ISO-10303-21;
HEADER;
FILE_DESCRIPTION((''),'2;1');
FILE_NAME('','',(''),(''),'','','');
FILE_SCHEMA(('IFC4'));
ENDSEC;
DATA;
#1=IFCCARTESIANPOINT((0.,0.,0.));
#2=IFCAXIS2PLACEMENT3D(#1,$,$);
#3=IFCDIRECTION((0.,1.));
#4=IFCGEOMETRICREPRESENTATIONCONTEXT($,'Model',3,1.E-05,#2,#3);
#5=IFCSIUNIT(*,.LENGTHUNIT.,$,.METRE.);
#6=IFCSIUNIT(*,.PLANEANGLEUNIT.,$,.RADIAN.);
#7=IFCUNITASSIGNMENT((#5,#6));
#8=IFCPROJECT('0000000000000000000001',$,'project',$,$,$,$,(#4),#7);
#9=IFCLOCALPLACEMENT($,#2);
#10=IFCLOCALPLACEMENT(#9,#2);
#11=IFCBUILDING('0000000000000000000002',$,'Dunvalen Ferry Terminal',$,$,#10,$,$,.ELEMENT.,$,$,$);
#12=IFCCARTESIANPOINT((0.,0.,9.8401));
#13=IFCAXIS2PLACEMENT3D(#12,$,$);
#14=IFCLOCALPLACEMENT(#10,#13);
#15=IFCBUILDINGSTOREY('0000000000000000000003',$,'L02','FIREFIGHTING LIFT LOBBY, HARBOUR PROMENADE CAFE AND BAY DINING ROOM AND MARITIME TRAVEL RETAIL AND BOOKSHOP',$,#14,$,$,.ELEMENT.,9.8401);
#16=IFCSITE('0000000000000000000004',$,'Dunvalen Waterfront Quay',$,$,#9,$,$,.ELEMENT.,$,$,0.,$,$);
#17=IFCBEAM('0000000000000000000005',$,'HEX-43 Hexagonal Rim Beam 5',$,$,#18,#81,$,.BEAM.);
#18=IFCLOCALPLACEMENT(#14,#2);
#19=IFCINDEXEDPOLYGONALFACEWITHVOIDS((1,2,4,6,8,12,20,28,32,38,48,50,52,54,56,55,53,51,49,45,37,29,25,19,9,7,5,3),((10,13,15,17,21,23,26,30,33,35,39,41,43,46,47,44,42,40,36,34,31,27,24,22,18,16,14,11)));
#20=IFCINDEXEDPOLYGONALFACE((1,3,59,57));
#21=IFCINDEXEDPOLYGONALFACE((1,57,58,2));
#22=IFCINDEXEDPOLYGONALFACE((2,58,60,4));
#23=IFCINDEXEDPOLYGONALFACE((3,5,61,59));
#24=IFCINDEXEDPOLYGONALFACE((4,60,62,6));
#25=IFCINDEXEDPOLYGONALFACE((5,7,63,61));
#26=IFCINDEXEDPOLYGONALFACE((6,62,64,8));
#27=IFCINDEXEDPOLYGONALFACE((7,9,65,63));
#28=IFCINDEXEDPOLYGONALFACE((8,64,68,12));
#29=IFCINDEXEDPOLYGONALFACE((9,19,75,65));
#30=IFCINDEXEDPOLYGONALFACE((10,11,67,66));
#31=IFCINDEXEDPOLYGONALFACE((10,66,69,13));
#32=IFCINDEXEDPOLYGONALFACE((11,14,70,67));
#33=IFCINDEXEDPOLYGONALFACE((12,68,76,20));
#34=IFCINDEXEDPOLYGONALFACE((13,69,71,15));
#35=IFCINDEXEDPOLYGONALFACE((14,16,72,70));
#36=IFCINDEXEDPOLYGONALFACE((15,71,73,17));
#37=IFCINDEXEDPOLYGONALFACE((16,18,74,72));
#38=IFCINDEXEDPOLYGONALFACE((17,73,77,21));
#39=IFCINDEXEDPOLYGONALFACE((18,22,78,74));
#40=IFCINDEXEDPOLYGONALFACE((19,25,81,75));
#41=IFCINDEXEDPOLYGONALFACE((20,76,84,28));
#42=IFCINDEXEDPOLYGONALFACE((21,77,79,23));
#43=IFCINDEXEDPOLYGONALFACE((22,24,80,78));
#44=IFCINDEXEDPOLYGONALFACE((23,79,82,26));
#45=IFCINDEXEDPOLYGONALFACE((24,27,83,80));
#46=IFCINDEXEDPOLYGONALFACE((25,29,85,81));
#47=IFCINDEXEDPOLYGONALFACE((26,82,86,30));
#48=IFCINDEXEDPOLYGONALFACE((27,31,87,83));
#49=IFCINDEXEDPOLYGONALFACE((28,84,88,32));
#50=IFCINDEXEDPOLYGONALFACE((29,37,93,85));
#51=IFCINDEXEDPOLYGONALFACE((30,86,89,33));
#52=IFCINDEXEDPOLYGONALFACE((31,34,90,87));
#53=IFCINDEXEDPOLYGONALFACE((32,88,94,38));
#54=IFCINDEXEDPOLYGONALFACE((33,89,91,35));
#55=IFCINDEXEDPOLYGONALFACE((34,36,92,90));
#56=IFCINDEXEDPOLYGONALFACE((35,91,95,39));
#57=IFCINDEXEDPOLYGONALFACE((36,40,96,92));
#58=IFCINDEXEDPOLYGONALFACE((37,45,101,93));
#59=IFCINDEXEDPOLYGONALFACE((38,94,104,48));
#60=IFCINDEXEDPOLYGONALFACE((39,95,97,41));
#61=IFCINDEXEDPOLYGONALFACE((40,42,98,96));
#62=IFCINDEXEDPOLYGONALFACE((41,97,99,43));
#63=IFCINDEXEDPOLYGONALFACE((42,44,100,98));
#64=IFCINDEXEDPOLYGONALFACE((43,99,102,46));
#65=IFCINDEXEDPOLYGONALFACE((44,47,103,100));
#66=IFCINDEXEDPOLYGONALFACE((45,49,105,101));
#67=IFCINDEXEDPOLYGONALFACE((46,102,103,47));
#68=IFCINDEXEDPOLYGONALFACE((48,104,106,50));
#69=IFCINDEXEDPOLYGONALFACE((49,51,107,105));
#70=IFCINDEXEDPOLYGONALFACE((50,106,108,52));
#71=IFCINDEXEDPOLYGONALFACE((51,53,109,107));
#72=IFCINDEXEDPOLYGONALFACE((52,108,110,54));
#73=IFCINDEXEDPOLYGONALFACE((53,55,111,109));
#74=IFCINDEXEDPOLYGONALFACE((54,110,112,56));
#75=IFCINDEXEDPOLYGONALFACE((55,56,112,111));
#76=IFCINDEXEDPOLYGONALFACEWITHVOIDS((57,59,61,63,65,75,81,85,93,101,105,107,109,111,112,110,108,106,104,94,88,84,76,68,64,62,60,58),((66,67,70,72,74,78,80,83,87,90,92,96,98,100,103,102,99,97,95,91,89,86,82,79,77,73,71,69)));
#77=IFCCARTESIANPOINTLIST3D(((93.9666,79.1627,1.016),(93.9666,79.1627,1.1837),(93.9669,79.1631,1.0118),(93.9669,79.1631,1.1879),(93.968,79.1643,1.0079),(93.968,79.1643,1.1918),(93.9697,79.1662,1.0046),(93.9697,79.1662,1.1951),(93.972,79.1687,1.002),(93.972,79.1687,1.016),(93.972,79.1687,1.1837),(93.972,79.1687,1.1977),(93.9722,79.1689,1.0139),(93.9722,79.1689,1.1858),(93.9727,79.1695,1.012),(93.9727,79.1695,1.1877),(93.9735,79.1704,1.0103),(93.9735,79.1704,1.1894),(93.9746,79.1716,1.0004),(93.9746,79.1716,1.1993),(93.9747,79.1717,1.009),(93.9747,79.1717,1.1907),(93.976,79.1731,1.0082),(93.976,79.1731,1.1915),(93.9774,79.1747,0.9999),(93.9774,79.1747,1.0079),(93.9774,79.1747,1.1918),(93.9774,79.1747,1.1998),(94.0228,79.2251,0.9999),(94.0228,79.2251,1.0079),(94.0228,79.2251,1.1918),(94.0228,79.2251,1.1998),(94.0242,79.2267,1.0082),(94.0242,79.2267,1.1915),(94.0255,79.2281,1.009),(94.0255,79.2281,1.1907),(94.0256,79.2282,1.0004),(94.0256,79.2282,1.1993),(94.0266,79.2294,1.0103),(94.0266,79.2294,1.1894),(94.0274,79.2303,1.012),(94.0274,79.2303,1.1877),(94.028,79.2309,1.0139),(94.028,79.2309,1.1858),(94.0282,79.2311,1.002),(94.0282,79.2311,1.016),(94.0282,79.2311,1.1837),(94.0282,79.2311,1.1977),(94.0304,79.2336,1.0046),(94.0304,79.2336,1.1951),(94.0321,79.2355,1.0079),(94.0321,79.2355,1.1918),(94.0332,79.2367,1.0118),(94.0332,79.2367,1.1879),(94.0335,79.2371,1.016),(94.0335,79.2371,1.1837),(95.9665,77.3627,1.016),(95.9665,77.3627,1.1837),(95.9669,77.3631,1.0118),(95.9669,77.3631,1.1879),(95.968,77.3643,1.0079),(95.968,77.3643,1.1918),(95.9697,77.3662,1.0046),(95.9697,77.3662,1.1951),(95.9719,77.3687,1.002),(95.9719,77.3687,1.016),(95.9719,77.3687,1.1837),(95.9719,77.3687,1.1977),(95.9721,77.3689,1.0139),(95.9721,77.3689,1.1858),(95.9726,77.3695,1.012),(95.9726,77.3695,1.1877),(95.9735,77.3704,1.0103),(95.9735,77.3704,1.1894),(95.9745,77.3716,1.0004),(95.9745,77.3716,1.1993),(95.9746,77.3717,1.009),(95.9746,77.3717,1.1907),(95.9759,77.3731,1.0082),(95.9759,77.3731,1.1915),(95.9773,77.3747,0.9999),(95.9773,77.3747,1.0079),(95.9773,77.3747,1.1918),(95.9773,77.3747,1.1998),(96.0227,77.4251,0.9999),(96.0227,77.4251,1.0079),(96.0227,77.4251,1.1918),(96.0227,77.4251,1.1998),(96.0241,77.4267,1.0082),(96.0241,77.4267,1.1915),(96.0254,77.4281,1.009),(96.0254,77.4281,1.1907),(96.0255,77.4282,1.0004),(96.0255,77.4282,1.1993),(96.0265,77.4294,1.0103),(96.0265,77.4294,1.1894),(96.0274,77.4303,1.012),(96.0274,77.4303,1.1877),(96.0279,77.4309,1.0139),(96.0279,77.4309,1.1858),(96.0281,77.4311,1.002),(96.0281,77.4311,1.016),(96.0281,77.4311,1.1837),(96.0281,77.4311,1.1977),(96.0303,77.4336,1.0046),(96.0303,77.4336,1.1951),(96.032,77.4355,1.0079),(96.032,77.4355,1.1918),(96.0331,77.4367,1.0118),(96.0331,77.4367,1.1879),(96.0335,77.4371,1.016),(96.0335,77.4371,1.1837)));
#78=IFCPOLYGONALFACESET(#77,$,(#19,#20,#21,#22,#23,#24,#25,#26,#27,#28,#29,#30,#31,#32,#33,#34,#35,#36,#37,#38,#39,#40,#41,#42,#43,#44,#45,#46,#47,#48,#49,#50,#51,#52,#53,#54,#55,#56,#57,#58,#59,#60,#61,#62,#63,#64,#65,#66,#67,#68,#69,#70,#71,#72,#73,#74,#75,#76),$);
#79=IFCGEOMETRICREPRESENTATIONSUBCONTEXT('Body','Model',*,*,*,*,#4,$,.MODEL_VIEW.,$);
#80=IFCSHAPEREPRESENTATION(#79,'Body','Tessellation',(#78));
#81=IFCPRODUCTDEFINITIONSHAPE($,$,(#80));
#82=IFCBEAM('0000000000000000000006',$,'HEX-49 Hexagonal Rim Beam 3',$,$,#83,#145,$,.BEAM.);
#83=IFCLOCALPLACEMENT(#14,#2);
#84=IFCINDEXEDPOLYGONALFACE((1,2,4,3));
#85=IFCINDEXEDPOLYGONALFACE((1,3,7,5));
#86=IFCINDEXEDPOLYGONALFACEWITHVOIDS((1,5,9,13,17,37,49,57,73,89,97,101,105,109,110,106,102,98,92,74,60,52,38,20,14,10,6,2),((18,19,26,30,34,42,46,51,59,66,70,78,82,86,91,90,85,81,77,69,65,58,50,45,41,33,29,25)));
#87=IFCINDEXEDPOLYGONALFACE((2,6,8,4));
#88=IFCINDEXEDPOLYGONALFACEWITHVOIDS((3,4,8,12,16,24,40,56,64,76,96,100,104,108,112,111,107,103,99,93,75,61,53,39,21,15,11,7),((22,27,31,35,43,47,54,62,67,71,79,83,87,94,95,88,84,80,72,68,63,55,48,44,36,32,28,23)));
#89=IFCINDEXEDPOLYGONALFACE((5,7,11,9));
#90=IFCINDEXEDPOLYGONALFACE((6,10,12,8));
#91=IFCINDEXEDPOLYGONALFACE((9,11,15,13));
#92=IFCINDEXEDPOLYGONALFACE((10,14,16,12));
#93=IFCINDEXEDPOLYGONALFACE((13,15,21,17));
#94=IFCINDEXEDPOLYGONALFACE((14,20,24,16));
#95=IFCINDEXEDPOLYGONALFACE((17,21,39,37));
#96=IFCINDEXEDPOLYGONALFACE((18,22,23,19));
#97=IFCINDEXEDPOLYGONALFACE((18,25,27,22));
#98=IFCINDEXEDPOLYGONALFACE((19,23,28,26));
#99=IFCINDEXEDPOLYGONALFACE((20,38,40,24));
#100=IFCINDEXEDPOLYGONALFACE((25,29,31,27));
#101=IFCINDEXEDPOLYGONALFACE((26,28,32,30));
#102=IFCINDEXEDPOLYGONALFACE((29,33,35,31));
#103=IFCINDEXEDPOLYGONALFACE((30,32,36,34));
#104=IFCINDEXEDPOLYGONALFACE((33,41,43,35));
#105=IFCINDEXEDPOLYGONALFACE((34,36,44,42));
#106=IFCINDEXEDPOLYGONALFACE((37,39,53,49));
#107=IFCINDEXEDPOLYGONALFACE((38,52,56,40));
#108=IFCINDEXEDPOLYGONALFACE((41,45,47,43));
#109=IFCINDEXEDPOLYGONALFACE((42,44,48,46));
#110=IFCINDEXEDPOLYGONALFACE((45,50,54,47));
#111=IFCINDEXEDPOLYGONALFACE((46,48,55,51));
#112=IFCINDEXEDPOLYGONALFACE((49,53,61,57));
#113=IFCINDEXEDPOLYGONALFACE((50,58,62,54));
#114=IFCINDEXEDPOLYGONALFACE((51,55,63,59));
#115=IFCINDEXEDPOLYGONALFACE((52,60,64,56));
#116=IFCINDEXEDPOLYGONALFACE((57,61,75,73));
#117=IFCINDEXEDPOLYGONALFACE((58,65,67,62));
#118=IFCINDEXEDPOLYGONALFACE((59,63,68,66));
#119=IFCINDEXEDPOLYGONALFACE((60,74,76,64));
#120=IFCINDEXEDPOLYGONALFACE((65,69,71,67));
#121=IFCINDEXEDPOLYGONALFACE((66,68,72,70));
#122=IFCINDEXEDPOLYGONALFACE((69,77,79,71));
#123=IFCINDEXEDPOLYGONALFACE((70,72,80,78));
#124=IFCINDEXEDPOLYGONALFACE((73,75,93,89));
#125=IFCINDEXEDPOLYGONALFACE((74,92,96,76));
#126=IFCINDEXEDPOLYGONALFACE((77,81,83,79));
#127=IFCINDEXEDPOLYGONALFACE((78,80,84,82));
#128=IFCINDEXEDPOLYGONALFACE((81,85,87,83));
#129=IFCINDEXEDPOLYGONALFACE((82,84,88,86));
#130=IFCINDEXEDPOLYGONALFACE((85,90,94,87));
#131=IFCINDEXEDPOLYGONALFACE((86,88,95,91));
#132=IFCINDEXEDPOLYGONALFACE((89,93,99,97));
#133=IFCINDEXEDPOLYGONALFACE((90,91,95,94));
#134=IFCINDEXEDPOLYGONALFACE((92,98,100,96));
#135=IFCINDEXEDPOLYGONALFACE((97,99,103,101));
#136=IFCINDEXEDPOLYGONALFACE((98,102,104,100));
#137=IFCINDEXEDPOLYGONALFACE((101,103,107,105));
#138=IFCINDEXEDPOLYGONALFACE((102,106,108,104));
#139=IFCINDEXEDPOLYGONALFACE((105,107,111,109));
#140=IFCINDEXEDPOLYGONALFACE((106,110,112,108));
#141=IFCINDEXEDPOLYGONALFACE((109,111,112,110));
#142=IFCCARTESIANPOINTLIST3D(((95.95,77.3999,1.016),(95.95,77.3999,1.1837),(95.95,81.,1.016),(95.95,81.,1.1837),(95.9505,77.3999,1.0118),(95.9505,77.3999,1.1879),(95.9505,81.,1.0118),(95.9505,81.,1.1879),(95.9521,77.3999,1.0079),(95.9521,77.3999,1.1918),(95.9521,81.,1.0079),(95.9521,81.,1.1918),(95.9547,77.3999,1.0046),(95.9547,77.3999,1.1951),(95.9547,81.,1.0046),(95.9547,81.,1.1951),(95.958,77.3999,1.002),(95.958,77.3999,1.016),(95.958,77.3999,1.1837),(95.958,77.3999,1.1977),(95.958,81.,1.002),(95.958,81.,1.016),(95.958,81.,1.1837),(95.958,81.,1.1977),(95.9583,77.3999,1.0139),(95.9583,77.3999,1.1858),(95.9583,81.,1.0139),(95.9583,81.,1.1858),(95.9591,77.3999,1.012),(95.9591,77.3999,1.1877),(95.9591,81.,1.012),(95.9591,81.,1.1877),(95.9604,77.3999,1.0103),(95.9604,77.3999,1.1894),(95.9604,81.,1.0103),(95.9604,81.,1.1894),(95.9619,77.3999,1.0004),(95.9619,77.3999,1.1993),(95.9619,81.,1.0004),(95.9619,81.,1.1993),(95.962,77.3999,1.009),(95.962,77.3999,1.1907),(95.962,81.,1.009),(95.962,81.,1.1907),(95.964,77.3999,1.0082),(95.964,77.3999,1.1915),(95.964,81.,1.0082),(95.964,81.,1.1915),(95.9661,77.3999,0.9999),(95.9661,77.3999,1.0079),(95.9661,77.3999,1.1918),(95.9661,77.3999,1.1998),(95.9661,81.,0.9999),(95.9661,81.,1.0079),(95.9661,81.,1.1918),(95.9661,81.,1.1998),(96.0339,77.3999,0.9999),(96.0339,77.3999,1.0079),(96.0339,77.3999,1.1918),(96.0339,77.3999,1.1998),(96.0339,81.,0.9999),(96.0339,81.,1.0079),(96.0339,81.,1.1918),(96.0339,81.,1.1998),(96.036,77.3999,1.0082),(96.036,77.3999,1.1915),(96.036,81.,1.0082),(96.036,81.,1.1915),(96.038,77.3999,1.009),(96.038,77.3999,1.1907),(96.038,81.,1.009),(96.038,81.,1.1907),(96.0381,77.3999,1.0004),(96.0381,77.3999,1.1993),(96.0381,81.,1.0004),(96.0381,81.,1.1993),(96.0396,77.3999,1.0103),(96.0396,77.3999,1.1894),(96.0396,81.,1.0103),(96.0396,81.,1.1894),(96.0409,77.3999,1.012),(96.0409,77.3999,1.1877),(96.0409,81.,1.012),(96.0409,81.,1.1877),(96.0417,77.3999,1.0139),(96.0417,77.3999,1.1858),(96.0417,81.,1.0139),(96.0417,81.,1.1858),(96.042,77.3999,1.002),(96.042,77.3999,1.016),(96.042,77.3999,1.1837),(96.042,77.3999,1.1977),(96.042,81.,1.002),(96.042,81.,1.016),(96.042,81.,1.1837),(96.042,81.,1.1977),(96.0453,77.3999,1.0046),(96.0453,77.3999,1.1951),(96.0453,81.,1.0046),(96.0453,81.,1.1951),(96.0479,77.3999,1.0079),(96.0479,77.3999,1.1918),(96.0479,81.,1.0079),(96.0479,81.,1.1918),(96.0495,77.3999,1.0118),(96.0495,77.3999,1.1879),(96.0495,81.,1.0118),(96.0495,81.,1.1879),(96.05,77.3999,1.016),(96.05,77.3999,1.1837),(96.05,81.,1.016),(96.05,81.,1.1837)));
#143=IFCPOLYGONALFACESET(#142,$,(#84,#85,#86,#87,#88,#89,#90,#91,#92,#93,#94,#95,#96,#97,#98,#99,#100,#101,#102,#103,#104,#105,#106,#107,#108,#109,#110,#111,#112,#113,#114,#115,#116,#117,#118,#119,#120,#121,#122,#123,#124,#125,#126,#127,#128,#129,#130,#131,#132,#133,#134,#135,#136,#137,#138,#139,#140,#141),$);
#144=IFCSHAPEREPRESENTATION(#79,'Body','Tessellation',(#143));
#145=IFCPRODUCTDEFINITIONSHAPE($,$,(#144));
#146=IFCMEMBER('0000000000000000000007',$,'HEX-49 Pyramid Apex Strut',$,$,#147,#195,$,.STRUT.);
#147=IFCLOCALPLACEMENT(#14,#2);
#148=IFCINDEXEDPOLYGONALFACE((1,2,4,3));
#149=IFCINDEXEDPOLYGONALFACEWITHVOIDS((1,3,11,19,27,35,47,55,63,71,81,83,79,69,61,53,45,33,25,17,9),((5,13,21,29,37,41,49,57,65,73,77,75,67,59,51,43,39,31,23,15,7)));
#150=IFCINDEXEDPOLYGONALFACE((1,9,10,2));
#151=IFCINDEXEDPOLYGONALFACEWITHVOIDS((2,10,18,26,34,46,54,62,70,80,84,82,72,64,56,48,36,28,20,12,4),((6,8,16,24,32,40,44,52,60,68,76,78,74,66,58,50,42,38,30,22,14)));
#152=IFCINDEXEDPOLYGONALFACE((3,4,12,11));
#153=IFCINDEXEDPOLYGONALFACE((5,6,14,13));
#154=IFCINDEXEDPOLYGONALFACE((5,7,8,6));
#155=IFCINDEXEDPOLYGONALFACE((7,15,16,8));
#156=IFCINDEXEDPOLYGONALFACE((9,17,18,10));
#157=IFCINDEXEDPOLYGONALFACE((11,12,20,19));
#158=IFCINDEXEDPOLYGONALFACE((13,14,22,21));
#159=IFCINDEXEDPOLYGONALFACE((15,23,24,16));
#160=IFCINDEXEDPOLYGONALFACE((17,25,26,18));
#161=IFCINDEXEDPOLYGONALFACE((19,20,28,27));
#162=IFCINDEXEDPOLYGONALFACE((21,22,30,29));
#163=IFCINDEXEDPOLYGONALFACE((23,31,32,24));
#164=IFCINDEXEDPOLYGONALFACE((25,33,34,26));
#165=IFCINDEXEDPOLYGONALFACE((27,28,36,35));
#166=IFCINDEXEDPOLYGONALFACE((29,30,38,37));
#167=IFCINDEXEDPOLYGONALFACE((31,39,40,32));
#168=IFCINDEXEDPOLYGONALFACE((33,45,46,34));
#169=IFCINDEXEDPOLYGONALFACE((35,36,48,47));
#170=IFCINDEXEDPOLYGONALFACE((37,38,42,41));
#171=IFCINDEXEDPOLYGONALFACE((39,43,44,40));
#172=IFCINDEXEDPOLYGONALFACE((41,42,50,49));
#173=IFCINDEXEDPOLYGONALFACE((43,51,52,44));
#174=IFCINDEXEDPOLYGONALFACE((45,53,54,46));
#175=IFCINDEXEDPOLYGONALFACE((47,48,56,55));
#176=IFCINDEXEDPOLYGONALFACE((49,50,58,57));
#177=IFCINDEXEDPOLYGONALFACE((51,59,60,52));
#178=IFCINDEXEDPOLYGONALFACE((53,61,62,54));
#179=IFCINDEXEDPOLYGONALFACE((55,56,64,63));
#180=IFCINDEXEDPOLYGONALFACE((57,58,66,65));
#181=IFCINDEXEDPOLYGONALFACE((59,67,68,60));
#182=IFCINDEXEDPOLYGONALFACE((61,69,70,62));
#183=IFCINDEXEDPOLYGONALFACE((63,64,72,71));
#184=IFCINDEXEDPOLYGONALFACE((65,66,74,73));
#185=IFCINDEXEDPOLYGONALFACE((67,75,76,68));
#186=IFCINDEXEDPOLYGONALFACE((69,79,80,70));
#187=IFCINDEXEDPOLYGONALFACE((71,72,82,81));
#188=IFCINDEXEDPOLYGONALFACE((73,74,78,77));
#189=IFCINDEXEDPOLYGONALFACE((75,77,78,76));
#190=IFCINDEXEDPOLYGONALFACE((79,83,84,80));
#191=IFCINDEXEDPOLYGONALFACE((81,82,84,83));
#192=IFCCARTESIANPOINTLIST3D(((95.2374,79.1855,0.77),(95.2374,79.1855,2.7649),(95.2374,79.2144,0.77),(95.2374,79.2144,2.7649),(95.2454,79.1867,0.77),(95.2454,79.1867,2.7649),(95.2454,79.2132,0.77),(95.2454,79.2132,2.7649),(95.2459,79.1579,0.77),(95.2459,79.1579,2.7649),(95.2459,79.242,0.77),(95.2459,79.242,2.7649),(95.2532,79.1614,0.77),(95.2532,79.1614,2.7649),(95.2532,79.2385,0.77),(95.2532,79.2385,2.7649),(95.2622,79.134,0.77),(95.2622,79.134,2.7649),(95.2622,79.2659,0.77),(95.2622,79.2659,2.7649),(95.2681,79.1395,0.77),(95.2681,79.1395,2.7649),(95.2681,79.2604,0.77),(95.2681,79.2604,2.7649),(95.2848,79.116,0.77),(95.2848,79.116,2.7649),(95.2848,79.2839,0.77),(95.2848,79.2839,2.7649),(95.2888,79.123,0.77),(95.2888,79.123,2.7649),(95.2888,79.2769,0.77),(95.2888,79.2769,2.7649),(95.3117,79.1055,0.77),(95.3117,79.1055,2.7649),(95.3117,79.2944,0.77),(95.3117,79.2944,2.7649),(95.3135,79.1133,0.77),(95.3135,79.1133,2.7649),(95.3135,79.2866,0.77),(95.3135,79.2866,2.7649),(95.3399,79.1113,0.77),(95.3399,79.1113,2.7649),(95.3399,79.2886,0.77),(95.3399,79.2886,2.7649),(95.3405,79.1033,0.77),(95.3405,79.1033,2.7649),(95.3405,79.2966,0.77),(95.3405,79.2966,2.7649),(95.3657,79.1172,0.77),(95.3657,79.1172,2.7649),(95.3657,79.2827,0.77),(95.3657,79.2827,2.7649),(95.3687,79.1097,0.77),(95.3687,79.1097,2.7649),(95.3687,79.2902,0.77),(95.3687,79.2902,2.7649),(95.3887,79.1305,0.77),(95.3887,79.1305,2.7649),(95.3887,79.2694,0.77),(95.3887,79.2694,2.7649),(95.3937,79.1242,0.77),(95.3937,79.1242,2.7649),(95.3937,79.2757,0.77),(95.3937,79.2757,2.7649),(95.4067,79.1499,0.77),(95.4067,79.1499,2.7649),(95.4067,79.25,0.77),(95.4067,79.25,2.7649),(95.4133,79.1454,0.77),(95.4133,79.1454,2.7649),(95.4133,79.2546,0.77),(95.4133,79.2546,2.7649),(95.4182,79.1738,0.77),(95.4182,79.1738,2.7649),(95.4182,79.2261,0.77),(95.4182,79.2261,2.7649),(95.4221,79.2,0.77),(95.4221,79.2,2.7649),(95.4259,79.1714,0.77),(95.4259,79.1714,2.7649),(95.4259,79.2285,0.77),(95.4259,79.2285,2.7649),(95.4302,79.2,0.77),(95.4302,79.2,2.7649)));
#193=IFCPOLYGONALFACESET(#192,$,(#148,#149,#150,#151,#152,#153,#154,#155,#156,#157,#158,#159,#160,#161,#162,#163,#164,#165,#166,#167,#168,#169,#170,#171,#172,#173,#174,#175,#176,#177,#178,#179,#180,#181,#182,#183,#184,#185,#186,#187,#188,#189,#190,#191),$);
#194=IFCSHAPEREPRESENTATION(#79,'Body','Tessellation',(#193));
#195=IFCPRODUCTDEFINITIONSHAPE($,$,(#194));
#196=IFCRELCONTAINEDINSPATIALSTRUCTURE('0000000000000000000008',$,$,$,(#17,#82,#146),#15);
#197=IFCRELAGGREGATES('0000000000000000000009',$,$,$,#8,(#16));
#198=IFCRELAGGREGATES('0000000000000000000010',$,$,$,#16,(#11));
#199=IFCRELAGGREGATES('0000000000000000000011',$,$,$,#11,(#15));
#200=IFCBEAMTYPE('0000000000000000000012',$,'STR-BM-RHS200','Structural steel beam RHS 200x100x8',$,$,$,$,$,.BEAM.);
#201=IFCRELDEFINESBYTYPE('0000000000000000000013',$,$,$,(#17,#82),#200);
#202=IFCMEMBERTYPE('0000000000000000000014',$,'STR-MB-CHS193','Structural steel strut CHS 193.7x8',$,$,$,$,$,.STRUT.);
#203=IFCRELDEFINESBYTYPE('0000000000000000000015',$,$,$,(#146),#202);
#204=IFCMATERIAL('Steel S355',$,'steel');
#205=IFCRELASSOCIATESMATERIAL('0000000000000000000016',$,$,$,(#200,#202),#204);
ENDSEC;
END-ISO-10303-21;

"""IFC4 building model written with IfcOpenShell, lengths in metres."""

from ifc_helpers import new_model, si_unit, direction, frame, origin, origin_2d, place, context, subcontext, project, spatial, hollow_rectangle, hollow_circle, extrude, material, material_profile, profile_set, type_object, element, save


model = new_model("IFC4")

# Units and contexts
model_context = context("Model", 3, precision=1e-05, world=origin(), true_north=direction((0.0, 1.0)))
body_context = subcontext(model_context, "Body", "Model", "MODEL_VIEW")
ifc_project = project(units=[si_unit("LENGTHUNIT", "METRE"), si_unit("PLANEANGLEUNIT", "RADIAN")], contexts=[model_context])

# Site, building, storey
site_placement = place(None, origin())
site = spatial("IfcSite", under=ifc_project, at=site_placement, Name="Dunvalen Waterfront Quay", CompositionType="ELEMENT", RefElevation=0.0)
building_placement = place(site_placement, origin())
building = spatial("IfcBuilding", under=site, at=building_placement, Name="Dunvalen Ferry Terminal", CompositionType="ELEMENT")
storey_placement = place(building_placement, frame((0.0, 0.0, 9.8401)))
storey = spatial("IfcBuildingStorey", under=building, at=storey_placement, Name="L02", Description="FIREFIGHTING LIFT LOBBY, HARBOUR PROMENADE CAFE AND BAY DINING ROOM AND MARITIME TRAVEL RETAIL AND BOOKSHOP", CompositionType="ELEMENT", Elevation=9.8401)

# Beams
ifc_material_1 = material(Name="Steel S355", Category="steel")
ifc_material_profile_1 = material_profile(ifc_material_1, hollow_rectangle(XDim=0.1001, YDim=0.2, WallThickness=0.0081, InnerFilletRadius=0.0081, OuterFilletRadius=0.0161, at=origin_2d()), Name="Steel S355")
ifc_profile_set_1 = profile_set([ifc_material_profile_1], Name="Steel S355")
beam_type = type_object("IfcBeamType", Name="STR-BM-RHS200", Description="Structural steel beam RHS 200x100x8", PredefinedType="BEAM", material=ifc_profile_set_1)
beam_1_placement = place(storey_placement, frame((96.0, 77.3999, 1.0999), z_axis=(-0.743285, 0.668975, 0.0), x_axis=(-0.668975, -0.743285, 0.0)))
element("IfcBeam", 1, at=beam_1_placement, inside=storey, type_object=beam_type, Name="HEX-43 Hexagonal Rim Beam 5", PredefinedType="BEAM", context=body_context, shape_type="SweptSolid", body=[
    extrude(hollow_rectangle(XDim=0.1001, YDim=0.2, WallThickness=0.0081, InnerFilletRadius=0.0081, OuterFilletRadius=0.0161, at=origin_2d()), origin(), (0.0, 0.0, 1.0), 2.6907),
])
beam_2_placement = place(storey_placement, frame((96.0, 77.3999, 1.0999), z_axis=(0.0, 1.0, 0.0), x_axis=(-1.0, 0.0, 0.0)))
element("IfcBeam", 2, at=beam_2_placement, inside=storey, type_object=beam_type, Name="HEX-49 Hexagonal Rim Beam 3", PredefinedType="BEAM", context=body_context, shape_type="SweptSolid", body=[
    extrude(hollow_rectangle(XDim=0.1001, YDim=0.2, WallThickness=0.0081, InnerFilletRadius=0.0081, OuterFilletRadius=0.0161, at=origin_2d()), origin(), (0.0, 0.0, 1.0), 3.6001),
])

# Member
ifc_material_profile_2 = material_profile(ifc_material_1, hollow_circle(Radius=0.0969, WallThickness=0.0081, at=origin_2d()), Name="Steel S355")
ifc_profile_set_2 = profile_set([ifc_material_profile_2], Name="Steel S355")
member_type_1 = type_object("IfcMemberType", Name="STR-MB-CHS193", Description="Structural steel strut CHS 193.7x8", PredefinedType="STRUT", material=ifc_profile_set_2)
for number, where, z_axis, x_axis, name in (
    (3, (95.3333, 79.2, 0.77), (0.0, 0.0, 1.0), (1.0, 0.0, 0.0), "HEX-49 Pyramid Apex Strut"),
):
    element("IfcMember", number, at=place(storey_placement, frame(where, z_axis=z_axis, x_axis=x_axis)), inside=storey, type_object=member_type_1, Name=name, PredefinedType="STRUT", context=body_context, shape_type="SweptSolid", body=[
        extrude(hollow_circle(Radius=0.0969, WallThickness=0.0081, at=origin_2d()), origin(), (0.0, 0.0, 1.0), 1.9949),
    ])

save(model, "model.ifc")
